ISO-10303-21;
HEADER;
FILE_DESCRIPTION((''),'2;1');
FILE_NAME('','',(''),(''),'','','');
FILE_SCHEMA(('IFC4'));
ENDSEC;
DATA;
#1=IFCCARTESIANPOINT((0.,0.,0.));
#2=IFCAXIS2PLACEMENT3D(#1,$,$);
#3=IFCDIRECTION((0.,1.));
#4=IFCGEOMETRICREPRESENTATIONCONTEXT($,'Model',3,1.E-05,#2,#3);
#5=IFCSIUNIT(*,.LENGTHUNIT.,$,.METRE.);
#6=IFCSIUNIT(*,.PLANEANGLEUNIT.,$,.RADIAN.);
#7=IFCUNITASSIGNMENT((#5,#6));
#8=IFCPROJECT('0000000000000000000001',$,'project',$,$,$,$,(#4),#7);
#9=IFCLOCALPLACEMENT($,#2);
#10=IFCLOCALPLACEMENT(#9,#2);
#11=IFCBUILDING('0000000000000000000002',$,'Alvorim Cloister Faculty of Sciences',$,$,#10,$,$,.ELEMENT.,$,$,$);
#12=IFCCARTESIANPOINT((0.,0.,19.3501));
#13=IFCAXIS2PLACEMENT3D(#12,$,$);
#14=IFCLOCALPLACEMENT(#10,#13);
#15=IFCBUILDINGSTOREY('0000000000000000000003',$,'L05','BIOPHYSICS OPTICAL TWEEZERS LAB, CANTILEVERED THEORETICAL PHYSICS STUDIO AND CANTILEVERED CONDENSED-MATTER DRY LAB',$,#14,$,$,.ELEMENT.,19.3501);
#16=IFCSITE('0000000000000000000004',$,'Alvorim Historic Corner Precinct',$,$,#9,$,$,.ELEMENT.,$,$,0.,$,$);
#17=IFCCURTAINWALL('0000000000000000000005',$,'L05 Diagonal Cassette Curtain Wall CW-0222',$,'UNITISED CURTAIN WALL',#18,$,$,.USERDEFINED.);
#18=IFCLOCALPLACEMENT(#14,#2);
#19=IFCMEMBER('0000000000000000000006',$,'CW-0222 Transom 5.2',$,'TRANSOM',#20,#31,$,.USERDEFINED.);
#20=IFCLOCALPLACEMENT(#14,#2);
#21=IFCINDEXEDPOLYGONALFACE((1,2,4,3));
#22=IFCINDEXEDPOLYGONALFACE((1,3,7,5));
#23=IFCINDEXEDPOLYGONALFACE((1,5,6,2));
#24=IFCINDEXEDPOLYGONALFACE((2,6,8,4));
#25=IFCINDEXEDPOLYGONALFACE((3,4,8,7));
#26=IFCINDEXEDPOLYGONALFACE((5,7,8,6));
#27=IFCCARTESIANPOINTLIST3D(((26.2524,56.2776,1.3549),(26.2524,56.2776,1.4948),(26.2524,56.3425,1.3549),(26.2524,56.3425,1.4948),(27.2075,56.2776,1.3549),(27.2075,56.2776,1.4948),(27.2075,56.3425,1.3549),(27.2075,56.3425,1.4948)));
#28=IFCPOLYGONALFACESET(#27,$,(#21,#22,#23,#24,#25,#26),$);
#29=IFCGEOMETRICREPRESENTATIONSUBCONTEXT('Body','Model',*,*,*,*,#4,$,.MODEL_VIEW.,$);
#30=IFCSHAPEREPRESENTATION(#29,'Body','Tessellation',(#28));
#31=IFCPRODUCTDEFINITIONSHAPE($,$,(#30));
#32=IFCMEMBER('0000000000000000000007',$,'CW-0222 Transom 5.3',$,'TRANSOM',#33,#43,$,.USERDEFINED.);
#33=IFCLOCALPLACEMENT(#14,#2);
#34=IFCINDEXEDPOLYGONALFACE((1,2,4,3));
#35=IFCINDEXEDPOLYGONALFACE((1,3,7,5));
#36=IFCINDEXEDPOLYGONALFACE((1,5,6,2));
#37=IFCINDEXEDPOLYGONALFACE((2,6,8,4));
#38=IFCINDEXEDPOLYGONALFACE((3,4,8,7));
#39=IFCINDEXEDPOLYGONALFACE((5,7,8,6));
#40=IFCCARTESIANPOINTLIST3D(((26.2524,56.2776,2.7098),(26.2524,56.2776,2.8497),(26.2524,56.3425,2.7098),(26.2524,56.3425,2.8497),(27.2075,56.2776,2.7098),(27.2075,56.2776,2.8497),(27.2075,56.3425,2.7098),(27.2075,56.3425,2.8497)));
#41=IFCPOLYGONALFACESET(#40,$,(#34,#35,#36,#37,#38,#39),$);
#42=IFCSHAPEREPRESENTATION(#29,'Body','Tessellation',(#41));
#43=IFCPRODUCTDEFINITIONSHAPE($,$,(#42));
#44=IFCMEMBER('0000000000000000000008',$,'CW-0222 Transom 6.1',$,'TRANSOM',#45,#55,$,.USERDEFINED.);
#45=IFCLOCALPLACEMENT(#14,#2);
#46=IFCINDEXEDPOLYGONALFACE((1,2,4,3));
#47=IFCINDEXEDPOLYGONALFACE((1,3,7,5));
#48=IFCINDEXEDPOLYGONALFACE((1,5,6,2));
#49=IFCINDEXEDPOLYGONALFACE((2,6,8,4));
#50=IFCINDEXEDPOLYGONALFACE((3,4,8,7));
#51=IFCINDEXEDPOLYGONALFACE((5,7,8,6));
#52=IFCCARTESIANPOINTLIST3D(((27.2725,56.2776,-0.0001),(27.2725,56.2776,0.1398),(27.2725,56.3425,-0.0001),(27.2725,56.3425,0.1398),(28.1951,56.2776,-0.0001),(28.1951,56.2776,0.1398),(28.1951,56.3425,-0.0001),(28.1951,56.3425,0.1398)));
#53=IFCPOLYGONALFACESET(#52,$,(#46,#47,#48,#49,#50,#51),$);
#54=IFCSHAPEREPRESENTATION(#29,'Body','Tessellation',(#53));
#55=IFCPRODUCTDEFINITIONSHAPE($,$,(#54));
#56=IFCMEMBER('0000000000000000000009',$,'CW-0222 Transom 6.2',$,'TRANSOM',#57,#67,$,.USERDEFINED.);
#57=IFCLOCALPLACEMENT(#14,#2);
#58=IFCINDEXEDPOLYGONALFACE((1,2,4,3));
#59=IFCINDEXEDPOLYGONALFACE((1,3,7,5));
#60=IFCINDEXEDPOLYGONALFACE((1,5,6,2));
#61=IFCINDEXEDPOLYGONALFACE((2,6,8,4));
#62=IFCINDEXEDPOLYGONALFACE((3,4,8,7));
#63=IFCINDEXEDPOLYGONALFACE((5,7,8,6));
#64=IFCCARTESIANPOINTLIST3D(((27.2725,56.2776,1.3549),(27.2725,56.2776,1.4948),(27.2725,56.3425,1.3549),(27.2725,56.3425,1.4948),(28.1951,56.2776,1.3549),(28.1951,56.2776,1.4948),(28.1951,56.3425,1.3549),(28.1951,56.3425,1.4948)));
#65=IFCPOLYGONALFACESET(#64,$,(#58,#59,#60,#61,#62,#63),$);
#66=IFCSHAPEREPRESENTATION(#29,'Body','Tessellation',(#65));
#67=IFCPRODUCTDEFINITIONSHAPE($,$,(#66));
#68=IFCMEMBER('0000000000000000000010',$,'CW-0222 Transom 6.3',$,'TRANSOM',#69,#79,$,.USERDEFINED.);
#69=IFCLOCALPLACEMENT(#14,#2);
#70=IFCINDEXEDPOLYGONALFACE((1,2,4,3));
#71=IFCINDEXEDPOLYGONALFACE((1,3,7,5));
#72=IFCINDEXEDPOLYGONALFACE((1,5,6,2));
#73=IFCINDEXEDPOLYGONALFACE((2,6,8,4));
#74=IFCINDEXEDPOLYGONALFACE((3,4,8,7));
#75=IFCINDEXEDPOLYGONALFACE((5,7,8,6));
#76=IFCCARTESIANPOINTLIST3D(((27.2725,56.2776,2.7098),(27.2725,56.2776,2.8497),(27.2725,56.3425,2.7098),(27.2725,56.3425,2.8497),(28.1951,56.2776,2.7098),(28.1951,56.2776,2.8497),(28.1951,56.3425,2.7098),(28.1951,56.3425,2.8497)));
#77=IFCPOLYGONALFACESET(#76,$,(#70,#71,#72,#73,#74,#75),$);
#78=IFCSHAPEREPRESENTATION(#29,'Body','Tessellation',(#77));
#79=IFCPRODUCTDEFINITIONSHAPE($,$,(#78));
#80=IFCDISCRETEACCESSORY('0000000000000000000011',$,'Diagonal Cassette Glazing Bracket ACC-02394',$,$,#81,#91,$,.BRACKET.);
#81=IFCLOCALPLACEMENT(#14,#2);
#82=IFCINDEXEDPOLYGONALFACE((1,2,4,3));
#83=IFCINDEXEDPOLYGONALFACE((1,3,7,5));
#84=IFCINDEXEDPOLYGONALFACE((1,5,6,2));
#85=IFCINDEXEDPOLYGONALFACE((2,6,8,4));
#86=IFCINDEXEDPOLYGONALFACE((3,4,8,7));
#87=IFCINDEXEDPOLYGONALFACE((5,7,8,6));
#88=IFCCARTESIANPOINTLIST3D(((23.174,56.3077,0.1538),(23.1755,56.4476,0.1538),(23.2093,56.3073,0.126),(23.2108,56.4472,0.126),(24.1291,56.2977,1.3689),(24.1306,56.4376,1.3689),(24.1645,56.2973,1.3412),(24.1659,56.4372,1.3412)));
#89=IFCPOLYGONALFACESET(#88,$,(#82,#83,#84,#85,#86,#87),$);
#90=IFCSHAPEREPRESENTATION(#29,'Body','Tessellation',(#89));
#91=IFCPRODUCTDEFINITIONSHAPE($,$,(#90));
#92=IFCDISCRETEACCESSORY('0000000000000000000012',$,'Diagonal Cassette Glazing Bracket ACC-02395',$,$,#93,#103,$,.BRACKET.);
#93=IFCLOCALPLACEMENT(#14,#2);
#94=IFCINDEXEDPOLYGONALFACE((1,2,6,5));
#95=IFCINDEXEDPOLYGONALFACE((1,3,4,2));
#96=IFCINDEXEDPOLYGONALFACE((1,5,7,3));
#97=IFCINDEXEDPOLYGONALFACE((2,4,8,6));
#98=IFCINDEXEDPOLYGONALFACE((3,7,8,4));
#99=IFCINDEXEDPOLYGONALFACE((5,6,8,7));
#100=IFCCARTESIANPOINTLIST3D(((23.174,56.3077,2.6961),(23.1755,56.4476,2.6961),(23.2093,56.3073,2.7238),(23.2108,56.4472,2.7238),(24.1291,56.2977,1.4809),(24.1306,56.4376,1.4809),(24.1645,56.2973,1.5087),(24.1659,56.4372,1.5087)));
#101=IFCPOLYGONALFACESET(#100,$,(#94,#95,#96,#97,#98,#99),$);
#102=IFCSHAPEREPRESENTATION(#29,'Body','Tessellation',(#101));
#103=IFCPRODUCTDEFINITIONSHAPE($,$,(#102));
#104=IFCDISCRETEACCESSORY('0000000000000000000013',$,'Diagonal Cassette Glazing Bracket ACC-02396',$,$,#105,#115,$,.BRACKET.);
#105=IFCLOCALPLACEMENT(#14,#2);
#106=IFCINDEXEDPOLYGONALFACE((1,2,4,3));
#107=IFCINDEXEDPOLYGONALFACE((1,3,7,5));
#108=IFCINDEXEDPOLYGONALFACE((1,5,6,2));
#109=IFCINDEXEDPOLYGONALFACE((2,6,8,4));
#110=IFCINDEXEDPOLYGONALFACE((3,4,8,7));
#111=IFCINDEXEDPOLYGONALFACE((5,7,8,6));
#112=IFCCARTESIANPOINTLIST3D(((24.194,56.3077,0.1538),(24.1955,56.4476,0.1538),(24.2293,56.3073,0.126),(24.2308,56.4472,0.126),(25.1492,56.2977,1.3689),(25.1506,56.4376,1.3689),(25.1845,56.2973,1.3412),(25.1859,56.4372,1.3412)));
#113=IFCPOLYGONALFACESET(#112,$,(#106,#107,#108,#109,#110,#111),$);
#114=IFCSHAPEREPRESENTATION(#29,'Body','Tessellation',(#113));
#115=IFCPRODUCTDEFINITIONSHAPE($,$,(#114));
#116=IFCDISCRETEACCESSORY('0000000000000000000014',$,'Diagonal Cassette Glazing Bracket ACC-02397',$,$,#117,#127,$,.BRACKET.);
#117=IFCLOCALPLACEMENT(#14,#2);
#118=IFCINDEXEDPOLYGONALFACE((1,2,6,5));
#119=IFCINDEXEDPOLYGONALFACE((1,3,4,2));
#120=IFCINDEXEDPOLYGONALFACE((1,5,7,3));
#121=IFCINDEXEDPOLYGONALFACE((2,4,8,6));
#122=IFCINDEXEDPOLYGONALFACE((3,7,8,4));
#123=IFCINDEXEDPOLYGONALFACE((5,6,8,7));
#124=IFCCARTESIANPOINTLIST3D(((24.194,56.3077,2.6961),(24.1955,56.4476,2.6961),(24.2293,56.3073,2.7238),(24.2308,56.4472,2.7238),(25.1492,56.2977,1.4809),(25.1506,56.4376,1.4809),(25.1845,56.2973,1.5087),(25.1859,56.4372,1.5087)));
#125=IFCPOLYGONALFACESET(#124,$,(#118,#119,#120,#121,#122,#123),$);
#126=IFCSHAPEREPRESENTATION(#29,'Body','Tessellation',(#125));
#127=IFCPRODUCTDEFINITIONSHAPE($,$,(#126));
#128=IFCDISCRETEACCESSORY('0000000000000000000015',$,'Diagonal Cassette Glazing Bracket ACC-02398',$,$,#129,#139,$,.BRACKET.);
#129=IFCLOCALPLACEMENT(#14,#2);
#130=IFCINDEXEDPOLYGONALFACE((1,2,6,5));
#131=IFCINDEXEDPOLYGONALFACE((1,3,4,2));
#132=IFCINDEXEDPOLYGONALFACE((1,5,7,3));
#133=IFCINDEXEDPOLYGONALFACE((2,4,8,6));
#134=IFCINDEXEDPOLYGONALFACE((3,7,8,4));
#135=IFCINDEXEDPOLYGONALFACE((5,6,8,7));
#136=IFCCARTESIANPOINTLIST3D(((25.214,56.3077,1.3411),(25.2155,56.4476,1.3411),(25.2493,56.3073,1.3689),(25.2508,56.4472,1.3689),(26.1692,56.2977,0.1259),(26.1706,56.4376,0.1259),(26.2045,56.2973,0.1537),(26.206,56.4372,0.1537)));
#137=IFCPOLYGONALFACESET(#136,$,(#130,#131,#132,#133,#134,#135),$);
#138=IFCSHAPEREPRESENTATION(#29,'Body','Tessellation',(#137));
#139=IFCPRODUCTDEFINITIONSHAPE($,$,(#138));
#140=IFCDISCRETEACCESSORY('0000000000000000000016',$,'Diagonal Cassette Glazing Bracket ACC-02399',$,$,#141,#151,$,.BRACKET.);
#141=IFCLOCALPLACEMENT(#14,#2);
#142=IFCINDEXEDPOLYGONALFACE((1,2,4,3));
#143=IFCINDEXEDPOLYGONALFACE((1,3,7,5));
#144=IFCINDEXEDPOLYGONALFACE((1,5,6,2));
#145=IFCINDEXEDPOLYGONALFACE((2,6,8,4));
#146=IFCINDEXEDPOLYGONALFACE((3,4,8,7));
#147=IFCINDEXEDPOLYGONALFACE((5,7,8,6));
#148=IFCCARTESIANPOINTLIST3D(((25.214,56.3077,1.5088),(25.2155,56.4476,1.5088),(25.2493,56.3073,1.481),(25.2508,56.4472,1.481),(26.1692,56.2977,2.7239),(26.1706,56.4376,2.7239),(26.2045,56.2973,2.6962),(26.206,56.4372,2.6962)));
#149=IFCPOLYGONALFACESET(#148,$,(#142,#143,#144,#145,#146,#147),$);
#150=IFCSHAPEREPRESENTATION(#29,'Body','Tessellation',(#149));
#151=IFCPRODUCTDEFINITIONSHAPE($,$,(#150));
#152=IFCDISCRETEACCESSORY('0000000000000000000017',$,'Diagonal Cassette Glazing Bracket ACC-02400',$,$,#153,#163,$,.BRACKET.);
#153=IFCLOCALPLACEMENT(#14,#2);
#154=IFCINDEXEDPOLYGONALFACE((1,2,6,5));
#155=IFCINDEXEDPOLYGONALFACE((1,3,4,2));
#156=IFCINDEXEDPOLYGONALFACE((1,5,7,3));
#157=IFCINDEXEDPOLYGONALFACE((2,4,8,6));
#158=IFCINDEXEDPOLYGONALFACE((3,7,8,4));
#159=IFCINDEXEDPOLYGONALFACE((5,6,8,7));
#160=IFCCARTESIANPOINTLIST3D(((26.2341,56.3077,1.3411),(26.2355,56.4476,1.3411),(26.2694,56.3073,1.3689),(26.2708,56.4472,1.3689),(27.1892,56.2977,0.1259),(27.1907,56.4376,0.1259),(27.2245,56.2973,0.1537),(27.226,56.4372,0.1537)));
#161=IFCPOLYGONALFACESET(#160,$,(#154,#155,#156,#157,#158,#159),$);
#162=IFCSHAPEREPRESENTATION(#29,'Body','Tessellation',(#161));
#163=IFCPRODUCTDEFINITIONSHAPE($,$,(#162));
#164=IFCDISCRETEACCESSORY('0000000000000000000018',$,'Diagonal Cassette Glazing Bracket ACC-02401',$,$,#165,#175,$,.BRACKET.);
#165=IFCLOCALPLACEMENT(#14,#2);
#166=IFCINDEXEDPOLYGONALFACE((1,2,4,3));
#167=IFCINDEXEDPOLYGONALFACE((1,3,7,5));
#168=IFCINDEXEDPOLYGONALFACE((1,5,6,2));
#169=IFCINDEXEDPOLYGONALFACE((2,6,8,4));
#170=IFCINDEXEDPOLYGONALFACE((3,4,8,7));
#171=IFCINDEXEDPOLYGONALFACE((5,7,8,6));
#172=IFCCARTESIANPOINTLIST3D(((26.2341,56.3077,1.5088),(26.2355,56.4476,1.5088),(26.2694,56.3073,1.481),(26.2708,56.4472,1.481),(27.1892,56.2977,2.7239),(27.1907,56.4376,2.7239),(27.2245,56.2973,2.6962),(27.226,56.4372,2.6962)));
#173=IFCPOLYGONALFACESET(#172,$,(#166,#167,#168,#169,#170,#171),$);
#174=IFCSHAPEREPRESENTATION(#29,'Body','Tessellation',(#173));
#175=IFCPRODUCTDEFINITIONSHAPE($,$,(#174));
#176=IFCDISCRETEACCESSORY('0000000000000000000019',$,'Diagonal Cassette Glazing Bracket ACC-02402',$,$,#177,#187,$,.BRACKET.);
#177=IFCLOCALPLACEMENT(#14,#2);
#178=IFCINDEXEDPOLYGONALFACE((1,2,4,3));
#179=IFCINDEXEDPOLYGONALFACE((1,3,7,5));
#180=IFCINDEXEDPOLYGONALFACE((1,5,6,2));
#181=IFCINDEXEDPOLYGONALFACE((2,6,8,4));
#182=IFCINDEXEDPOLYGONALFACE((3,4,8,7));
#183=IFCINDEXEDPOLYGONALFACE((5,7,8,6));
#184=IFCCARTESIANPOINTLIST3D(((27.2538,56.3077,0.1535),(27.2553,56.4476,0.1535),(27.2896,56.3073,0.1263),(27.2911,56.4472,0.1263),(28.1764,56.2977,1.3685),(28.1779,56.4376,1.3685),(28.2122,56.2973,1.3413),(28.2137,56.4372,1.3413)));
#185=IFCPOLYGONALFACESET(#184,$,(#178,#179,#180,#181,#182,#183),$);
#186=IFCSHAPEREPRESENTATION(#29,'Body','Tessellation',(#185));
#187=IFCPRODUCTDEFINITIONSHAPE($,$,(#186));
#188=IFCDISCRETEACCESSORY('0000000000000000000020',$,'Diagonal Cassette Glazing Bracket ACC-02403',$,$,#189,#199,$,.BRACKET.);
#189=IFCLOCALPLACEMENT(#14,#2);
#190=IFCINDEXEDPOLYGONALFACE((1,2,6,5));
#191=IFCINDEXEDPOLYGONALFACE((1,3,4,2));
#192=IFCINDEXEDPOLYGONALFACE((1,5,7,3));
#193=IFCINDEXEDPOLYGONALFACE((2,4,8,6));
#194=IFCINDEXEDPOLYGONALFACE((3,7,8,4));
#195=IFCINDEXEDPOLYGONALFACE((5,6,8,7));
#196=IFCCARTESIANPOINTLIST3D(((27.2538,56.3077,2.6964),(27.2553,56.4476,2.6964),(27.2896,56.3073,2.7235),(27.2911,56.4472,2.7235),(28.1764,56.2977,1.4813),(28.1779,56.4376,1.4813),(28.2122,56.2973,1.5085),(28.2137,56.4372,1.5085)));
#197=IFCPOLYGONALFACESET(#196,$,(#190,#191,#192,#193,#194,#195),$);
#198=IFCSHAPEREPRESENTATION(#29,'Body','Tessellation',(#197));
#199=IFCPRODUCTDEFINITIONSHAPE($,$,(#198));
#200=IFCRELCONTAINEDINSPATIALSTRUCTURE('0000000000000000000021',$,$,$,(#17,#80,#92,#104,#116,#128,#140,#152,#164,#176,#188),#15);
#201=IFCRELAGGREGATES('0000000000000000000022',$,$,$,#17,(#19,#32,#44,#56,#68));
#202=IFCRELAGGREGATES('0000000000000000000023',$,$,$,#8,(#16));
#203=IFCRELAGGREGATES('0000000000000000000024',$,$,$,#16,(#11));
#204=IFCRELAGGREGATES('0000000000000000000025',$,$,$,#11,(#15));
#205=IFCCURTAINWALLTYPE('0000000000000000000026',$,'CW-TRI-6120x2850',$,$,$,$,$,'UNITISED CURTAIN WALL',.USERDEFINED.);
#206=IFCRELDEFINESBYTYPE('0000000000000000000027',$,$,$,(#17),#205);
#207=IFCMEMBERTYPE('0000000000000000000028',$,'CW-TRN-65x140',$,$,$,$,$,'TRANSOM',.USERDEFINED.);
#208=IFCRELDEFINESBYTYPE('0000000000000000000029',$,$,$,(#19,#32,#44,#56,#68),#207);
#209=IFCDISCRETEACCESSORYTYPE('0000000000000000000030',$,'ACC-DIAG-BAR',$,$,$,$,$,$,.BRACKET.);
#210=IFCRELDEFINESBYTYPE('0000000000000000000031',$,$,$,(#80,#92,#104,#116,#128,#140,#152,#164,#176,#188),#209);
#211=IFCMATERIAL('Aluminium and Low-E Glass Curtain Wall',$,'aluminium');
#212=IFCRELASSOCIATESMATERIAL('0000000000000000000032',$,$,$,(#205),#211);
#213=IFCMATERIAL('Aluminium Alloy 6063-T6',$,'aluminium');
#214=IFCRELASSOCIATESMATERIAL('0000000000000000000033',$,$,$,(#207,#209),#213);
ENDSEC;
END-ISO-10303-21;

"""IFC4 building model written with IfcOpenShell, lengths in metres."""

from ifc_helpers import new_model, si_unit, direction, frame, origin, origin_2d, place, context, subcontext, project, spatial, rectangle, extrude, material, material_profile, profile_set, type_object, element, aggregate, save


model = new_model("IFC4")

# Units and contexts
model_context = context("Model", 3, precision=1e-05, world=origin(), true_north=direction((0.0, 1.0)))
body_context = subcontext(model_context, "Body", "Model", "MODEL_VIEW")
ifc_project = project(units=[si_unit("LENGTHUNIT", "METRE"), si_unit("PLANEANGLEUNIT", "RADIAN")], contexts=[model_context])

# Site, building, storey
site_placement = place(None, origin())
site = spatial("IfcSite", under=ifc_project, at=site_placement, Name="Alvorim Historic Corner Precinct", CompositionType="ELEMENT", RefElevation=0.0)
building_placement = place(site_placement, origin())
building = spatial("IfcBuilding", under=site, at=building_placement, Name="Alvorim Cloister Faculty of Sciences", CompositionType="ELEMENT")
storey_placement = place(building_placement, frame((0.0, 0.0, 19.3501)))
storey = spatial("IfcBuildingStorey", under=building, at=storey_placement, Name="L05", Description="BIOPHYSICS OPTICAL TWEEZERS LAB, CANTILEVERED THEORETICAL PHYSICS STUDIO AND CANTILEVERED CONDENSED-MATTER DRY LAB", CompositionType="ELEMENT", Elevation=19.3501)

# Curtain wall, members
ifc_material_1 = material(Name="Aluminium and Low-E Glass Curtain Wall", Category="aluminium")
curtain_wall_type = type_object("IfcCurtainWallType", Name="CW-TRI-6120x2850", ElementType="UNITISED CURTAIN WALL", PredefinedType="USERDEFINED", material=ifc_material_1)
curtain_wall_placement = place(storey_placement, origin())
curtain_wall = element("IfcCurtainWall", 1, at=curtain_wall_placement, inside=storey, type_object=curtain_wall_type, Name="L05 Diagonal Cassette Curtain Wall CW-0222", ObjectType="UNITISED CURTAIN WALL", PredefinedType="USERDEFINED")
ifc_material_2 = material(Name="Aluminium Alloy 6063-T6", Category="aluminium")
ifc_material_profile_1 = material_profile(ifc_material_2, rectangle(XDim=0.0649, YDim=0.1399, at=origin_2d()), Name="ALU-TRN-65x140")
ifc_profile_set_1 = profile_set([ifc_material_profile_1], Name="Aluminium Alloy 6063-T6")
member_type_1 = type_object("IfcMemberType", Name="CW-TRN-65x140", ElementType="TRANSOM", PredefinedType="USERDEFINED", material=ifc_profile_set_1)
member_1_placement = place(storey_placement, frame((26.2524, 56.3101, 1.4248), z_axis=(1.0, 0.0, 0.0), x_axis=(0.0, 1.0, 0.0)))
member_1 = element("IfcMember", 2, at=member_1_placement, type_object=member_type_1, Name="CW-0222 Transom 5.2", ObjectType="TRANSOM", PredefinedType="USERDEFINED", context=body_context, shape_type="SweptSolid", body=[
    extrude(rectangle(XDim=0.0649, YDim=0.1399, at=origin_2d()), origin(), (0.0, 0.0, 1.0), 0.9551),
])
member_2_placement = place(storey_placement, frame((26.2524, 56.3101, 2.7798), z_axis=(1.0, 0.0, 0.0), x_axis=(0.0, 1.0, 0.0)))
member_2 = element("IfcMember", 3, at=member_2_placement, type_object=member_type_1, Name="CW-0222 Transom 5.3", ObjectType="TRANSOM", PredefinedType="USERDEFINED", context=body_context, shape_type="SweptSolid", body=[
    extrude(rectangle(XDim=0.0649, YDim=0.1399, at=origin_2d()), origin(), (0.0, 0.0, 1.0), 0.9551),
])
member_3_placement = place(storey_placement, frame((27.2725, 56.3101, 0.0698), z_axis=(1.0, 0.0, 0.0), x_axis=(0.0, 1.0, 0.0)))
member_3 = element("IfcMember", 4, at=member_3_placement, type_object=member_type_1, Name="CW-0222 Transom 6.1", ObjectType="TRANSOM", PredefinedType="USERDEFINED", context=body_context, shape_type="SweptSolid", body=[
    extrude(rectangle(XDim=0.0649, YDim=0.1399, at=origin_2d()), origin(), (0.0, 0.0, 1.0), 0.9226),
])
member_4_placement = place(storey_placement, frame((27.2725, 56.3101, 1.4248), z_axis=(1.0, 0.0, 0.0), x_axis=(0.0, 1.0, 0.0)))
member_4 = element("IfcMember", 5, at=member_4_placement, type_object=member_type_1, Name="CW-0222 Transom 6.2", ObjectType="TRANSOM", PredefinedType="USERDEFINED", context=body_context, shape_type="SweptSolid", body=[
    extrude(rectangle(XDim=0.0649, YDim=0.1399, at=origin_2d()), origin(), (0.0, 0.0, 1.0), 0.9226),
])
member_5_placement = place(storey_placement, frame((27.2725, 56.3101, 2.7798), z_axis=(1.0, 0.0, 0.0), x_axis=(0.0, 1.0, 0.0)))
member_5 = element("IfcMember", 6, at=member_5_placement, type_object=member_type_1, Name="CW-0222 Transom 6.3", ObjectType="TRANSOM", PredefinedType="USERDEFINED", context=body_context, shape_type="SweptSolid", body=[
    extrude(rectangle(XDim=0.0649, YDim=0.1399, at=origin_2d()), origin(), (0.0, 0.0, 1.0), 0.9226),
])
aggregate(curtain_wall, [member_1, member_2, member_3, member_4, member_5])

# Discrete accessories
discrete_accessory_type = type_object("IfcDiscreteAccessoryType", Name="ACC-DIAG-BAR", PredefinedType="BRACKET", material=ifc_material_2)
for number, where, z_axis, x_axis, name in (
    (7, (23.1924, 56.3774, 0.1399), (0.617955, -0.006477, 0.786187), (0.01048, 0.999945, 0.0), "Diagonal Cassette Glazing Bracket ACC-02394"),
    (8, (23.1924, 56.3774, 2.71), (0.617955, -0.006477, -0.786187), (0.01048, 0.999945, 0.0), "Diagonal Cassette Glazing Bracket ACC-02395"),
    (9, (24.2124, 56.3774, 0.1399), (0.617955, -0.006477, 0.786187), (0.01048, 0.999945, 0.0), "Diagonal Cassette Glazing Bracket ACC-02396"),
    (10, (24.2124, 56.3774, 2.71), (0.617955, -0.006477, -0.786187), (0.01048, 0.999945, 0.0), "Diagonal Cassette Glazing Bracket ACC-02397"),
    (11, (25.2324, 56.3774, 1.355), (0.617955, -0.006477, -0.786187), (0.01048, 0.999945, 0.0), "Diagonal Cassette Glazing Bracket ACC-02398"),
    (12, (25.2324, 56.3774, 1.4949), (0.617955, -0.006477, 0.786187), (0.01048, 0.999945, 0.0), "Diagonal Cassette Glazing Bracket ACC-02399"),
    (13, (26.2524, 56.3774, 1.355), (0.617955, -0.006477, -0.786187), (0.01048, 0.999945, 0.0), "Diagonal Cassette Glazing Bracket ACC-02400"),
    (14, (26.2524, 56.3774, 1.4949), (0.617955, -0.006477, 0.786187), (0.01048, 0.999945, 0.0), "Diagonal Cassette Glazing Bracket ACC-02401"),
):
    element("IfcDiscreteAccessory", number, at=place(storey_placement, frame(where, z_axis=z_axis, x_axis=x_axis)), inside=storey, type_object=discrete_accessory_type, Name=name, PredefinedType="BRACKET", context=body_context, shape_type="SweptSolid", body=[
        extrude(rectangle(XDim=0.1399, YDim=0.0449, at=origin_2d()), origin(), (0.0, 0.0, 1.0), 1.5457),
    ])
for number, where, z_axis, x_axis, name in (
    (15, (27.2725, 56.3774, 0.1399), (0.604713, -0.006561, 0.796416), (0.010849, 0.999941, 0.0), "Diagonal Cassette Glazing Bracket ACC-02402"),
    (16, (27.2725, 56.3774, 2.71), (0.604713, -0.006561, -0.796416), (0.010849, 0.999941, 0.0), "Diagonal Cassette Glazing Bracket ACC-02403"),
):
    element("IfcDiscreteAccessory", number, at=place(storey_placement, frame(where, z_axis=z_axis, x_axis=x_axis)), inside=storey, type_object=discrete_accessory_type, Name=name, PredefinedType="BRACKET", context=body_context, shape_type="SweptSolid", body=[
        extrude(rectangle(XDim=0.1399, YDim=0.0449, at=origin_2d()), origin(), (0.0, 0.0, 1.0), 1.5256),
    ])

save(model, "model.ifc")
